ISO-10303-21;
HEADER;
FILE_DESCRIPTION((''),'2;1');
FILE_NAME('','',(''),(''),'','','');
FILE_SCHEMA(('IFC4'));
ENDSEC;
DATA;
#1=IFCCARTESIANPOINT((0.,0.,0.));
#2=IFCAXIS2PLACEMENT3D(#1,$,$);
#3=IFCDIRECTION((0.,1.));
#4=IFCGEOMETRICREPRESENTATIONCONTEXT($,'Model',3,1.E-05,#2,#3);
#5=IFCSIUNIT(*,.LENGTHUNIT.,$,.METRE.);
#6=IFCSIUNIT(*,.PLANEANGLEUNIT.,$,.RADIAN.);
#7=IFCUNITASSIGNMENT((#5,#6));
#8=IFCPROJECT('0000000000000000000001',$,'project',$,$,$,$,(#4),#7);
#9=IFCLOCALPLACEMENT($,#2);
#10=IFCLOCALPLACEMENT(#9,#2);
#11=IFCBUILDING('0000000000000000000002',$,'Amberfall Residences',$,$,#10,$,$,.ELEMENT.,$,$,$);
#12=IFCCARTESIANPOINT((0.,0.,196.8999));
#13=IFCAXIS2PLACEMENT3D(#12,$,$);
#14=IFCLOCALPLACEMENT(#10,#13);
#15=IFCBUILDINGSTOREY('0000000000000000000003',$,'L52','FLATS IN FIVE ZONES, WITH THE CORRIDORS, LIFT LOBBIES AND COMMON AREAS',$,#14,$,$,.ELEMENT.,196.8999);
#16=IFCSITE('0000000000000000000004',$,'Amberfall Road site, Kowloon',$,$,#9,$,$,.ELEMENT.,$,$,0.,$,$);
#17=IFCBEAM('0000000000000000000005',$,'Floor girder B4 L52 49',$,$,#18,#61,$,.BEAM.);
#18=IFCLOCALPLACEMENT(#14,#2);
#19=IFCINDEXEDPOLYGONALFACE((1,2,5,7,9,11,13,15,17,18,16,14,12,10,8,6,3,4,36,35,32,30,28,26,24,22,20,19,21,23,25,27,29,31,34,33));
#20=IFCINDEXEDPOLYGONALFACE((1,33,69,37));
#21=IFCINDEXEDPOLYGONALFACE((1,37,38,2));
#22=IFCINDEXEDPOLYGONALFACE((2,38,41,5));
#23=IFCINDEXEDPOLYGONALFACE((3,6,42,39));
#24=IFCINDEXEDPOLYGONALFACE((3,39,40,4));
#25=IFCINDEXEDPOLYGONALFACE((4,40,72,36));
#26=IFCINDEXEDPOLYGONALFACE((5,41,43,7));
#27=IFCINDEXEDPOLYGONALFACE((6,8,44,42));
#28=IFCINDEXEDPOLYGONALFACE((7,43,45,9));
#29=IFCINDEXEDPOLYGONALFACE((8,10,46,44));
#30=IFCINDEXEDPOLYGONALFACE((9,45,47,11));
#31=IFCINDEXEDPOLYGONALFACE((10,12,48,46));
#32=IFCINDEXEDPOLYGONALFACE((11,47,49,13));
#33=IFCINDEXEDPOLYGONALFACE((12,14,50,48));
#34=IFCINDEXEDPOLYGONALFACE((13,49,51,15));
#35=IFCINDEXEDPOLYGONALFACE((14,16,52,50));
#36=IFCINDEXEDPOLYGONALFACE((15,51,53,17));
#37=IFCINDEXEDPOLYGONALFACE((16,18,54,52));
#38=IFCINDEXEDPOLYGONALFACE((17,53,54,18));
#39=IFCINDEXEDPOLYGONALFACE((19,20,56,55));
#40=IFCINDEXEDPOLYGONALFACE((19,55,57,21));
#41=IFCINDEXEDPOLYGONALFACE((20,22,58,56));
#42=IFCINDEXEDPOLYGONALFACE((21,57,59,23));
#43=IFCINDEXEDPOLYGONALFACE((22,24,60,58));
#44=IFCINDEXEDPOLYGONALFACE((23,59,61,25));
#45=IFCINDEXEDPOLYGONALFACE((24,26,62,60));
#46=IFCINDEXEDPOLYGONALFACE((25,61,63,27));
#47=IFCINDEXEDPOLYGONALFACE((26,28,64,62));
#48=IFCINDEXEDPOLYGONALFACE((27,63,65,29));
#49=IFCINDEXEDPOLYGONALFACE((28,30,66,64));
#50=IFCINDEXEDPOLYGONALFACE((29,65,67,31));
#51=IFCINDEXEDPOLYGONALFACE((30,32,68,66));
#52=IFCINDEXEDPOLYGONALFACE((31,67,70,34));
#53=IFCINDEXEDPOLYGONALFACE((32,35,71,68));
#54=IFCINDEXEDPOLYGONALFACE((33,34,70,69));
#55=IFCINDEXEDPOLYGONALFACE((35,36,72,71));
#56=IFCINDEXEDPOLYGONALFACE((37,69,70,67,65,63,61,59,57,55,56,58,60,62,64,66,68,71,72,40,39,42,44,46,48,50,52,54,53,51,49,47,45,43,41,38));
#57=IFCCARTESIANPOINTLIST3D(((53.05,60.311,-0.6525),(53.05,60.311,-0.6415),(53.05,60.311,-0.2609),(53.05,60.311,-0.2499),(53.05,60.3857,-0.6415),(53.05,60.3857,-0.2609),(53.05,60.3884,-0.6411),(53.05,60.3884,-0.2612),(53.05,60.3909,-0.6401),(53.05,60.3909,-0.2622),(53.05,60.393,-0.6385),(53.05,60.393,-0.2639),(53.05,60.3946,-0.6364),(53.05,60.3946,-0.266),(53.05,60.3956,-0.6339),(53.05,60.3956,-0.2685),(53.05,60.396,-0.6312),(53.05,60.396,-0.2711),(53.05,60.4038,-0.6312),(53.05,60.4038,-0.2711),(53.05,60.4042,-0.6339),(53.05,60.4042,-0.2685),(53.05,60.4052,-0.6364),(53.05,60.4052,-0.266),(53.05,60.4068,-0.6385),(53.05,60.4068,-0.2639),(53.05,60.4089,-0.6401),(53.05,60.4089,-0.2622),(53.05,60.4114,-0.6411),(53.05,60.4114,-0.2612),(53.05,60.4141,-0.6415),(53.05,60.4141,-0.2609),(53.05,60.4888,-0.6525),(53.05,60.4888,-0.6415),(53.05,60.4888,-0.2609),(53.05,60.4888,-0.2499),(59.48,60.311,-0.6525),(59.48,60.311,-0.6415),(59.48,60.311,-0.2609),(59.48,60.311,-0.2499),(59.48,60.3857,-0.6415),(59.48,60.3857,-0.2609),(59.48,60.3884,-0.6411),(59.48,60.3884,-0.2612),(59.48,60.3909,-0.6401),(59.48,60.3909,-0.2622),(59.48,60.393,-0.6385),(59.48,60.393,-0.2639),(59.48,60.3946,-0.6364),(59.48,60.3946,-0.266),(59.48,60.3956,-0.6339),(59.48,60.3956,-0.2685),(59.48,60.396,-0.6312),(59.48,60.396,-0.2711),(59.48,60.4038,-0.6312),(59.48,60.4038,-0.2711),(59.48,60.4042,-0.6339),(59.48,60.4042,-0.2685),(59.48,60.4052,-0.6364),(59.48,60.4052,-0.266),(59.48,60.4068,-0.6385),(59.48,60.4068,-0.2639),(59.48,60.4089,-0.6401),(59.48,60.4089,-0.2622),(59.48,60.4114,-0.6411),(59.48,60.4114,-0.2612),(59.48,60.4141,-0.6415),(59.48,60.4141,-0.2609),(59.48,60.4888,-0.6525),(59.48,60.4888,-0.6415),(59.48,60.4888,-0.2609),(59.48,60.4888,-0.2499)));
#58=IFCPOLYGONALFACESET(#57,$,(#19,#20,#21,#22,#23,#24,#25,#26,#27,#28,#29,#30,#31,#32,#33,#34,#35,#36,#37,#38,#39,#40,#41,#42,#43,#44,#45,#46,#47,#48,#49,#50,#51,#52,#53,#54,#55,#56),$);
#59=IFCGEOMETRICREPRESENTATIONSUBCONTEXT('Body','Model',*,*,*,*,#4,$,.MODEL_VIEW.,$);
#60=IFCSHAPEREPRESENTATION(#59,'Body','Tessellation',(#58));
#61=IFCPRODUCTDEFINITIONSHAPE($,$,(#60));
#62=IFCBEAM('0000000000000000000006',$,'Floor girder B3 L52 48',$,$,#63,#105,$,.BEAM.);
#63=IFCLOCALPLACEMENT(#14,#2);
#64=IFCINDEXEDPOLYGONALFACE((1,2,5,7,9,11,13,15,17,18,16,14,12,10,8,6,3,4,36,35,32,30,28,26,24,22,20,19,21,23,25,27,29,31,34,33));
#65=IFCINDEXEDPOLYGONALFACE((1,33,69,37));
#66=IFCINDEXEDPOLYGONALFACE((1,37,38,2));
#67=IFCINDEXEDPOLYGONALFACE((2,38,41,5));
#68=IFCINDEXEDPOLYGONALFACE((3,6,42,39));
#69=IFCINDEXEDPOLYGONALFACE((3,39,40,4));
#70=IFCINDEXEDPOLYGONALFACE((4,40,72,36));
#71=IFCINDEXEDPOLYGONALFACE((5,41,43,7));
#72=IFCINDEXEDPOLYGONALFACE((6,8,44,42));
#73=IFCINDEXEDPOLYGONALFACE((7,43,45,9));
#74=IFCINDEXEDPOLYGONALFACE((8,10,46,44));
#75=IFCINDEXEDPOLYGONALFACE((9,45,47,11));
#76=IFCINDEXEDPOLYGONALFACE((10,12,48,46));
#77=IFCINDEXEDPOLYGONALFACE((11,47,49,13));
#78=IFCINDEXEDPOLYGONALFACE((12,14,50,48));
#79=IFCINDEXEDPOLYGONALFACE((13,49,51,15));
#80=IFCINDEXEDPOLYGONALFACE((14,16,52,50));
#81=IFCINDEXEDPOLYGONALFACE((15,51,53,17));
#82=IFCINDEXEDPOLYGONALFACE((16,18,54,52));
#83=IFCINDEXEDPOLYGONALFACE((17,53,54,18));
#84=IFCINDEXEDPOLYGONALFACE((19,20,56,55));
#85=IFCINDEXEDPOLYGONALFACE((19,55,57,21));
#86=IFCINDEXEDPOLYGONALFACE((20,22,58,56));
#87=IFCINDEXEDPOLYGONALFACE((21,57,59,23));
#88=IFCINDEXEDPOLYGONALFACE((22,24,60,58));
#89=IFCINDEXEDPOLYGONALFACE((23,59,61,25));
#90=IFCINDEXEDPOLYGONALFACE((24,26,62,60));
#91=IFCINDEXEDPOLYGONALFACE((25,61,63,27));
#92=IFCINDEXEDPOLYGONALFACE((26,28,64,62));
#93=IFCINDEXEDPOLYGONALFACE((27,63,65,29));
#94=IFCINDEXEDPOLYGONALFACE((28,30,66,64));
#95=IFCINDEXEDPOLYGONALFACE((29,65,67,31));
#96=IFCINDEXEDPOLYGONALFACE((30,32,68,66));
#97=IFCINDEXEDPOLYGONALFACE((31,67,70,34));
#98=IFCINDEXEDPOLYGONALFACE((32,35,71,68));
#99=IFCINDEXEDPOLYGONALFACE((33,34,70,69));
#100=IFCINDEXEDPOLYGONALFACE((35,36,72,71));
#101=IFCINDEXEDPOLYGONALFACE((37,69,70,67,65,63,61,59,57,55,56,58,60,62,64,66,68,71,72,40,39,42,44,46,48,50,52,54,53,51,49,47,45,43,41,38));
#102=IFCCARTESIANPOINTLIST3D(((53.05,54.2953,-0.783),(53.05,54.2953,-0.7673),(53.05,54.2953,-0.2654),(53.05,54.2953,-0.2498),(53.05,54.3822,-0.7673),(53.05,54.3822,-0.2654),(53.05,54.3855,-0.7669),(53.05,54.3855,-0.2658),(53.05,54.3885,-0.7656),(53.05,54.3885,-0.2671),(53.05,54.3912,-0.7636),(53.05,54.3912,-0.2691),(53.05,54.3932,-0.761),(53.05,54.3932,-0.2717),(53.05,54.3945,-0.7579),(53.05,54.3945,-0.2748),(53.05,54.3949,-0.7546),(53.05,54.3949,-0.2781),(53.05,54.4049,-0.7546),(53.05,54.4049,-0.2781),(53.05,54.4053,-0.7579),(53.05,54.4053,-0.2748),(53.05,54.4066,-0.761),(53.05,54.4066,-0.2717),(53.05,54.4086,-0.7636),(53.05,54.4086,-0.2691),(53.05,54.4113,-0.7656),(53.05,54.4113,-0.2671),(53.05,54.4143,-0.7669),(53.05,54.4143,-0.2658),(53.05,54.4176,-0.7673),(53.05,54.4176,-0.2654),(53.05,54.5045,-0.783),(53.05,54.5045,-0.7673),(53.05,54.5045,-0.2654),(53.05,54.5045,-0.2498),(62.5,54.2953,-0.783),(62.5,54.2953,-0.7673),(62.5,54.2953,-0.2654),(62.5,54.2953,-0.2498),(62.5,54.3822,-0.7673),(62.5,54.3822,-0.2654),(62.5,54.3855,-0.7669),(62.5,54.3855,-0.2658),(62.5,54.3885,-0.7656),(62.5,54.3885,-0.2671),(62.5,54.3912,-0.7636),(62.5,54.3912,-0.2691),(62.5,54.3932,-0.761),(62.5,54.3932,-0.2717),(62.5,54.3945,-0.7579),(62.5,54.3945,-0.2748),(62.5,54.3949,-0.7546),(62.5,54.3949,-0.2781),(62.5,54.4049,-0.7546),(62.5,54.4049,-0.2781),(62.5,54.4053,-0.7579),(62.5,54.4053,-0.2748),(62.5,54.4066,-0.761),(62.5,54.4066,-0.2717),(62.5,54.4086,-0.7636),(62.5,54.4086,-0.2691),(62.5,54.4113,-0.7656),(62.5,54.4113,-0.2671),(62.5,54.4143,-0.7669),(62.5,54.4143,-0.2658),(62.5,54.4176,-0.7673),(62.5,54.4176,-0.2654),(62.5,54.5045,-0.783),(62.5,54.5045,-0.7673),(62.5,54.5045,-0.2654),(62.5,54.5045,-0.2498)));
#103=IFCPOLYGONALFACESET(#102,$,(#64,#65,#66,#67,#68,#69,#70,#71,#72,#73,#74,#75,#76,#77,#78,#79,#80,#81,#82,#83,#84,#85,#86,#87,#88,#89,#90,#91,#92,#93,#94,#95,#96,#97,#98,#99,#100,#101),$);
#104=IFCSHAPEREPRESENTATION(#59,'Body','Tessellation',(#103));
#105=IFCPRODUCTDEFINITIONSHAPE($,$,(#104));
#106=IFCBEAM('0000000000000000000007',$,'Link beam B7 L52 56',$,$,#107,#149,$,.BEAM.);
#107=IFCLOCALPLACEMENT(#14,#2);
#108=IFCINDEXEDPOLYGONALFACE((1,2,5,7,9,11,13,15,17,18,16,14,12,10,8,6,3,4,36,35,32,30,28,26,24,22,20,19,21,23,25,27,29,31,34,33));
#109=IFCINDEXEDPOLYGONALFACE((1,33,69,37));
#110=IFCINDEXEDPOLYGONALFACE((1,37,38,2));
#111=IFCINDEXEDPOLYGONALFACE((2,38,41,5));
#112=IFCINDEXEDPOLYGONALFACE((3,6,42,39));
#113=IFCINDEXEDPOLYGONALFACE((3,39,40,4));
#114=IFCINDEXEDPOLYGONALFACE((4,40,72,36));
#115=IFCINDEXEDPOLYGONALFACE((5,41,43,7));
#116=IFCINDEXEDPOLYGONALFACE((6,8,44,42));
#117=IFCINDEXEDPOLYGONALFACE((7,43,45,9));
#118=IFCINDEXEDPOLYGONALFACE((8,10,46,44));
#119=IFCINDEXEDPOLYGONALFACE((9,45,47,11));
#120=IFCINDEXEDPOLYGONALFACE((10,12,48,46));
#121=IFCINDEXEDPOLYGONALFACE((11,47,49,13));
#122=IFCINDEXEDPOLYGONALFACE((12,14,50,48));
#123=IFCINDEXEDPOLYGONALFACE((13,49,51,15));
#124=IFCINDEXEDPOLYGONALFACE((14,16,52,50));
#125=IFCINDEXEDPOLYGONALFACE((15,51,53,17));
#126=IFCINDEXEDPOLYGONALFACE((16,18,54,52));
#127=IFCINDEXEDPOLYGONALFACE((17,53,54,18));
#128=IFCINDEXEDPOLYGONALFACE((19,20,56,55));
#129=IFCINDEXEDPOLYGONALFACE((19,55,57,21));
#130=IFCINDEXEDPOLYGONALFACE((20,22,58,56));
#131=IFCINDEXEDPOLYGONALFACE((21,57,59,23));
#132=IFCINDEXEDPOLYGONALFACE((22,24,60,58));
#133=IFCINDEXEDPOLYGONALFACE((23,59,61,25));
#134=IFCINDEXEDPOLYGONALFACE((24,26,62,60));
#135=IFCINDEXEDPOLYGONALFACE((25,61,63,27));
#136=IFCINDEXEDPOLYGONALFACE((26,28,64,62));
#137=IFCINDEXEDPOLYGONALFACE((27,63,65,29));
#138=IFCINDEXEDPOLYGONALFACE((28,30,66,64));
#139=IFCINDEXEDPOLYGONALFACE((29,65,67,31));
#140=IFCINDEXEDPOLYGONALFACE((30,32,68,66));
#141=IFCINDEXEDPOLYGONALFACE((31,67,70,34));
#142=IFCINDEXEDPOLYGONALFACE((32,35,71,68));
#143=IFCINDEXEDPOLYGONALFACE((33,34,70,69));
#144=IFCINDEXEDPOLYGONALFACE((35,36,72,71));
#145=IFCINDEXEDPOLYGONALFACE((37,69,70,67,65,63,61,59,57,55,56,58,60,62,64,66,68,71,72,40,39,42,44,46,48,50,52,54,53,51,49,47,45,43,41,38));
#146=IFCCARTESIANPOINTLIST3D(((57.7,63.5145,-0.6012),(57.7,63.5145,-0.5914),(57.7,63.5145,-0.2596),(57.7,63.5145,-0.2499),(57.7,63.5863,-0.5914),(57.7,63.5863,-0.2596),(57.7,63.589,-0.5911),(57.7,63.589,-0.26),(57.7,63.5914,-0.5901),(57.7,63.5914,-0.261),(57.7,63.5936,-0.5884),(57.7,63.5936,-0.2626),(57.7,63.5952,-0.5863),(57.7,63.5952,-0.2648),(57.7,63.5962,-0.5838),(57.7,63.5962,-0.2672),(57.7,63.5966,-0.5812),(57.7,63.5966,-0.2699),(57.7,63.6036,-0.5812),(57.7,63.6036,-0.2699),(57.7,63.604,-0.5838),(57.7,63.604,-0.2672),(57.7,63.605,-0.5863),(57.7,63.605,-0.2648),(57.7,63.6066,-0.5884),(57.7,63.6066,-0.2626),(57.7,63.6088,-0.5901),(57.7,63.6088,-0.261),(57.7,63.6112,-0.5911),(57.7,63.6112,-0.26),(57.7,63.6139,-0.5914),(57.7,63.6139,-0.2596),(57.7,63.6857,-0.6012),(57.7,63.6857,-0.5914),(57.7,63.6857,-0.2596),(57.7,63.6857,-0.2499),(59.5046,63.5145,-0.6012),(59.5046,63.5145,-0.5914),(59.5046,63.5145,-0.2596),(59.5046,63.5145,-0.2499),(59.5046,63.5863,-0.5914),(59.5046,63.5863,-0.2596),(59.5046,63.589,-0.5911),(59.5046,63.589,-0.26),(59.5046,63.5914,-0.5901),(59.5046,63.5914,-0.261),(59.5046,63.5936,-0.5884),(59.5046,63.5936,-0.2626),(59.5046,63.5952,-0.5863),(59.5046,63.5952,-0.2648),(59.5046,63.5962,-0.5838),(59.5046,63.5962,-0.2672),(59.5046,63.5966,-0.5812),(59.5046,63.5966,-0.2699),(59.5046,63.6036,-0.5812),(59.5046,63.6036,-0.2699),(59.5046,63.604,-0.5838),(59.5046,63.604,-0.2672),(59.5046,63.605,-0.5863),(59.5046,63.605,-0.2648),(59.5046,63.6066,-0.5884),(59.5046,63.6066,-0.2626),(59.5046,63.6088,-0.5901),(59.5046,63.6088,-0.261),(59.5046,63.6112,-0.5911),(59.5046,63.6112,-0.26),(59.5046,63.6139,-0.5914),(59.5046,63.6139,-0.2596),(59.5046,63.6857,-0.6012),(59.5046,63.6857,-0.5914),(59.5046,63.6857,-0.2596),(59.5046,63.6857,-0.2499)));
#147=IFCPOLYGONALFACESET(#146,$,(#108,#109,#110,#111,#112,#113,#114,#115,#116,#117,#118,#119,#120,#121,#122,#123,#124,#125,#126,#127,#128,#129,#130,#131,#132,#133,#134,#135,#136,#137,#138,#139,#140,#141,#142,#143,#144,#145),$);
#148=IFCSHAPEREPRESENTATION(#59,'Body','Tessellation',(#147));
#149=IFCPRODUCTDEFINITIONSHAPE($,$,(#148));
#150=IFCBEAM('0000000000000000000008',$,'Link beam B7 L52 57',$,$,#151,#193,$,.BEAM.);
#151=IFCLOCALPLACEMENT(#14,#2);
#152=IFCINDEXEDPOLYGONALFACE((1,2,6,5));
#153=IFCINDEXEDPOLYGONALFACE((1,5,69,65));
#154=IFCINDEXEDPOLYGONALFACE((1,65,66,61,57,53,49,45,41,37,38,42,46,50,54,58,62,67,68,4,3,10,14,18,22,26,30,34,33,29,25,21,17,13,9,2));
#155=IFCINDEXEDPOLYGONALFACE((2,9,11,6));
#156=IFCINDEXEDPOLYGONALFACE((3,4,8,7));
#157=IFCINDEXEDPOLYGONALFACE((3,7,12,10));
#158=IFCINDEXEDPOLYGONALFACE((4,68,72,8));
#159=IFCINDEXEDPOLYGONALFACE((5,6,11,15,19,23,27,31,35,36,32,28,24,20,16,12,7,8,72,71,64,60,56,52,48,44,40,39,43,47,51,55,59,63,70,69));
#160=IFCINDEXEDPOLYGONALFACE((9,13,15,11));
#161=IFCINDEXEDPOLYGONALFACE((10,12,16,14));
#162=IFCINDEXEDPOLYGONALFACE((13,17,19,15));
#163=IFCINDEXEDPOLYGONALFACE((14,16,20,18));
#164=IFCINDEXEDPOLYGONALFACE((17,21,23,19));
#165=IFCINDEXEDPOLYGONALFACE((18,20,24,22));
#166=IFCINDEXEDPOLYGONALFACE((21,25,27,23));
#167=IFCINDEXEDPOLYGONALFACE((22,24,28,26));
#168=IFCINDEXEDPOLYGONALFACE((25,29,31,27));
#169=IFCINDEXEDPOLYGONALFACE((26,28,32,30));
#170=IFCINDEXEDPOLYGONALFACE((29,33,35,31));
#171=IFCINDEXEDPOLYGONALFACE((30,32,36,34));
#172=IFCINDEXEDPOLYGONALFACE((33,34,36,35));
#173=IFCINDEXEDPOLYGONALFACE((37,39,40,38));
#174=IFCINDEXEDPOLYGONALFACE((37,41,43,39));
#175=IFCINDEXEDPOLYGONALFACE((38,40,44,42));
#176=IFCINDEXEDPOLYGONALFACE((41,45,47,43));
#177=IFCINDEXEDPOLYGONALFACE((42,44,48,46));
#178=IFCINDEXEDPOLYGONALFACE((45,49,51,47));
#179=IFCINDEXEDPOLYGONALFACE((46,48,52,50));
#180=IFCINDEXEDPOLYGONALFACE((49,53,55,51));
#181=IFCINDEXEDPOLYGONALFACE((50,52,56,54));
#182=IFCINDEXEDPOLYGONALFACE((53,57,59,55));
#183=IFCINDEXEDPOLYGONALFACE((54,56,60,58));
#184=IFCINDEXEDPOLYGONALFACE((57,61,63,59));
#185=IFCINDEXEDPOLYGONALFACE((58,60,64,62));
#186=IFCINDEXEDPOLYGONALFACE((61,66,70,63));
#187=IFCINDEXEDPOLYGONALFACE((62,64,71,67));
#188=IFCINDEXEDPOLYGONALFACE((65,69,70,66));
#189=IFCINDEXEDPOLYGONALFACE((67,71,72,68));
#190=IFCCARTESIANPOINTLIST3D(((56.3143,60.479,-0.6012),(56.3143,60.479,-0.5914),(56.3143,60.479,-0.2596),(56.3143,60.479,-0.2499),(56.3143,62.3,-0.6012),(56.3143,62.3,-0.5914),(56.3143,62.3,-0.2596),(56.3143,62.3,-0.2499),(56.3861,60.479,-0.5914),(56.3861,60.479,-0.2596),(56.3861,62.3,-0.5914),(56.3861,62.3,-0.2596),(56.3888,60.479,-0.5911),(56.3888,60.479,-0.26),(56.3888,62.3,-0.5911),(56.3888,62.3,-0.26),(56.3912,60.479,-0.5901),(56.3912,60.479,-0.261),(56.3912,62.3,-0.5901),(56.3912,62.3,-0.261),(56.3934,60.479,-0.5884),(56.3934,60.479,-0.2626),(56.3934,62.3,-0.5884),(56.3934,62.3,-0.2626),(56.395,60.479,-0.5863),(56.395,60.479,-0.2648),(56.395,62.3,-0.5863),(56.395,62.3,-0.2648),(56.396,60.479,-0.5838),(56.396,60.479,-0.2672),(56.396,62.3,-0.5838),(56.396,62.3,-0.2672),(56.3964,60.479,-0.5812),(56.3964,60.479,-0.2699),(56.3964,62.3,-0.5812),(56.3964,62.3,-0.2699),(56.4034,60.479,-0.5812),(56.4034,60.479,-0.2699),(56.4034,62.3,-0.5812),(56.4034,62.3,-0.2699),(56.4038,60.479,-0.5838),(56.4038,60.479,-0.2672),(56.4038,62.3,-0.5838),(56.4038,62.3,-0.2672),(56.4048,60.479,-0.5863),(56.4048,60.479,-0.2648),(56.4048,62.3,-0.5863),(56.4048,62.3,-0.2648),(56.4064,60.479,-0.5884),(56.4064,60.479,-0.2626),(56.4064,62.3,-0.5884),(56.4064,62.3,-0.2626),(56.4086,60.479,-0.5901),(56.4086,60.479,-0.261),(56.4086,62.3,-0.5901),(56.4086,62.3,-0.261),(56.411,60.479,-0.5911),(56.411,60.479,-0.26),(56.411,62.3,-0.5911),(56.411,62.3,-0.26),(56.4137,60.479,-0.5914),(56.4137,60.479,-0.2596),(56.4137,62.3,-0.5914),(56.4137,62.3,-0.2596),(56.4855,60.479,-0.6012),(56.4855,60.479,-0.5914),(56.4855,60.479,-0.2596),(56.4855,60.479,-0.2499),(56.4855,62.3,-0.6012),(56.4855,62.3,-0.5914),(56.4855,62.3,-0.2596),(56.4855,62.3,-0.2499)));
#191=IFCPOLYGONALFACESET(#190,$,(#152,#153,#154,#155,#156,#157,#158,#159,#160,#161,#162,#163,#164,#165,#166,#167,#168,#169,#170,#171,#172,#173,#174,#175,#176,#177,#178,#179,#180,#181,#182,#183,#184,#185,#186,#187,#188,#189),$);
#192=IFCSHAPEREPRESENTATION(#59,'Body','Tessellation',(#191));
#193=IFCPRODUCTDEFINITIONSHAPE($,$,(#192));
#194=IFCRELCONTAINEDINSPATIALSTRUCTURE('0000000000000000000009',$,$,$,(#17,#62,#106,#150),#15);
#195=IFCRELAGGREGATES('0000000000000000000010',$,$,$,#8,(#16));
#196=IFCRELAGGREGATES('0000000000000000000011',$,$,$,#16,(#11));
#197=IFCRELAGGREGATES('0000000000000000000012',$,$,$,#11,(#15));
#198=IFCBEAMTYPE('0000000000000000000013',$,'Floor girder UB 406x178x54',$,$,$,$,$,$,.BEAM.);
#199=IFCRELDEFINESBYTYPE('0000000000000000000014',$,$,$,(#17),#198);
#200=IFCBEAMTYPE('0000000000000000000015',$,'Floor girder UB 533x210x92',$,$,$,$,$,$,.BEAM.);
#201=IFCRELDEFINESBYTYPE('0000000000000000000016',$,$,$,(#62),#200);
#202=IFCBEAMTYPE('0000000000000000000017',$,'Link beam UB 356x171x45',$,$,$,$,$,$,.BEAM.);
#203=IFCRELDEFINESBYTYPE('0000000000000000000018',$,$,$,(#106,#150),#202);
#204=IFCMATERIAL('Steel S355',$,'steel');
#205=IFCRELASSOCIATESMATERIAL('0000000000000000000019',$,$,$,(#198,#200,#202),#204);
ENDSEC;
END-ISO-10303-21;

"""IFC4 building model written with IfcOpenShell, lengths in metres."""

from ifc_helpers import new_model, si_unit, direction, frame, origin, origin_2d, place, context, subcontext, project, spatial, i_section, extrude, material, material_profile, profile_set, type_object, element, save


model = new_model("IFC4")

# Units and contexts
model_context = context("Model", 3, precision=1e-05, world=origin(), true_north=direction((0.0, 1.0)))
body_context = subcontext(model_context, "Body", "Model", "MODEL_VIEW")
ifc_project = project(units=[si_unit("LENGTHUNIT", "METRE"), si_unit("PLANEANGLEUNIT", "RADIAN")], contexts=[model_context])

# Site, building, storey
site_placement = place(None, origin())
site = spatial("IfcSite", under=ifc_project, at=site_placement, Name="Amberfall Road site, Kowloon", CompositionType="ELEMENT", RefElevation=0.0)
building_placement = place(site_placement, origin())
building = spatial("IfcBuilding", under=site, at=building_placement, Name="Amberfall Residences", CompositionType="ELEMENT")
storey_placement = place(building_placement, frame((0.0, 0.0, 196.8999)))
storey = spatial("IfcBuildingStorey", under=building, at=storey_placement, Name="L52", Description="FLATS IN FIVE ZONES, WITH THE CORRIDORS, LIFT LOBBIES AND COMMON AREAS", CompositionType="ELEMENT", Elevation=196.8999)

# Shared definitions
ifc_material_1 = material(Name="Steel S355", Category="steel")

# Beams
ifc_material_profile_1 = material_profile(ifc_material_1, i_section(OverallWidth=0.1777, OverallDepth=0.4026, WebThickness=0.0078, FlangeThickness=0.011, FilletRadius=0.0103, at=origin_2d()), Name="UB 406x178x54")
ifc_profile_set_1 = profile_set([ifc_material_profile_1], Name="Steel S355")
beam_type_1 = type_object("IfcBeamType", Name="Floor girder UB 406x178x54", PredefinedType="BEAM", material=ifc_profile_set_1)
beam_1_placement = place(storey_placement, frame((53.05, 60.3999, -0.4512), z_axis=(1.0, 0.0, 0.0), x_axis=(0.0, 1.0, 0.0)))
element("IfcBeam", 1, at=beam_1_placement, inside=storey, type_object=beam_type_1, Name="Floor girder B4 L52 49", PredefinedType="BEAM", context=body_context, shape_type="SweptSolid", body=[
    extrude(i_section(OverallWidth=0.1777, OverallDepth=0.4026, WebThickness=0.0078, FlangeThickness=0.011, FilletRadius=0.0103, at=origin_2d()), origin(), (0.0, 0.0, 1.0), 6.4299),
])
ifc_material_profile_2 = material_profile(ifc_material_1, i_section(OverallWidth=0.2092, OverallDepth=0.5332, WebThickness=0.01, FlangeThickness=0.0156, FilletRadius=0.0127, at=origin_2d()), Name="UB 533x210x92")
ifc_profile_set_2 = profile_set([ifc_material_profile_2], Name="Steel S355")
beam_type_2 = type_object("IfcBeamType", Name="Floor girder UB 533x210x92", PredefinedType="BEAM", material=ifc_profile_set_2)
beam_2_placement = place(storey_placement, frame((53.05, 54.3999, -0.5164), z_axis=(1.0, 0.0, 0.0), x_axis=(0.0, 1.0, 0.0)))
element("IfcBeam", 2, at=beam_2_placement, inside=storey, type_object=beam_type_2, Name="Floor girder B3 L52 48", PredefinedType="BEAM", context=body_context, shape_type="SweptSolid", body=[
    extrude(i_section(OverallWidth=0.2092, OverallDepth=0.5332, WebThickness=0.01, FlangeThickness=0.0156, FilletRadius=0.0127, at=origin_2d()), origin(), (0.0, 0.0, 1.0), 9.45),
])
ifc_material_profile_3 = material_profile(ifc_material_1, i_section(OverallWidth=0.1711, OverallDepth=0.3513, WebThickness=0.0071, FlangeThickness=0.0098, FilletRadius=0.0103, at=origin_2d()), Name="UB 356x171x45")
ifc_profile_set_3 = profile_set([ifc_material_profile_3], Name="Steel S355")
beam_type_3 = type_object("IfcBeamType", Name="Link beam UB 356x171x45", PredefinedType="BEAM", material=ifc_profile_set_3)
beam_3_placement = place(storey_placement, frame((57.7, 63.6001, -0.4255), z_axis=(1.0, 0.0, 0.0), x_axis=(0.0, 1.0, 0.0)))
element("IfcBeam", 3, at=beam_3_placement, inside=storey, type_object=beam_type_3, Name="Link beam B7 L52 56", PredefinedType="BEAM", context=body_context, shape_type="SweptSolid", body=[
    extrude(i_section(OverallWidth=0.1711, OverallDepth=0.3513, WebThickness=0.0071, FlangeThickness=0.0098, FilletRadius=0.0103, at=origin_2d()), origin(), (0.0, 0.0, 1.0), 1.8047),
])
beam_4_placement = place(storey_placement, frame((56.3999, 62.3, -0.4255), z_axis=(0.0, -1.0, 0.0), x_axis=(1.0, 0.0, 0.0)))
element("IfcBeam", 4, at=beam_4_placement, inside=storey, type_object=beam_type_3, Name="Link beam B7 L52 57", PredefinedType="BEAM", context=body_context, shape_type="SweptSolid", body=[
    extrude(i_section(OverallWidth=0.1711, OverallDepth=0.3513, WebThickness=0.0071, FlangeThickness=0.0098, FilletRadius=0.0103, at=origin_2d()), origin(), (0.0, 0.0, 1.0), 1.821),
])

save(model, "model.ifc")
